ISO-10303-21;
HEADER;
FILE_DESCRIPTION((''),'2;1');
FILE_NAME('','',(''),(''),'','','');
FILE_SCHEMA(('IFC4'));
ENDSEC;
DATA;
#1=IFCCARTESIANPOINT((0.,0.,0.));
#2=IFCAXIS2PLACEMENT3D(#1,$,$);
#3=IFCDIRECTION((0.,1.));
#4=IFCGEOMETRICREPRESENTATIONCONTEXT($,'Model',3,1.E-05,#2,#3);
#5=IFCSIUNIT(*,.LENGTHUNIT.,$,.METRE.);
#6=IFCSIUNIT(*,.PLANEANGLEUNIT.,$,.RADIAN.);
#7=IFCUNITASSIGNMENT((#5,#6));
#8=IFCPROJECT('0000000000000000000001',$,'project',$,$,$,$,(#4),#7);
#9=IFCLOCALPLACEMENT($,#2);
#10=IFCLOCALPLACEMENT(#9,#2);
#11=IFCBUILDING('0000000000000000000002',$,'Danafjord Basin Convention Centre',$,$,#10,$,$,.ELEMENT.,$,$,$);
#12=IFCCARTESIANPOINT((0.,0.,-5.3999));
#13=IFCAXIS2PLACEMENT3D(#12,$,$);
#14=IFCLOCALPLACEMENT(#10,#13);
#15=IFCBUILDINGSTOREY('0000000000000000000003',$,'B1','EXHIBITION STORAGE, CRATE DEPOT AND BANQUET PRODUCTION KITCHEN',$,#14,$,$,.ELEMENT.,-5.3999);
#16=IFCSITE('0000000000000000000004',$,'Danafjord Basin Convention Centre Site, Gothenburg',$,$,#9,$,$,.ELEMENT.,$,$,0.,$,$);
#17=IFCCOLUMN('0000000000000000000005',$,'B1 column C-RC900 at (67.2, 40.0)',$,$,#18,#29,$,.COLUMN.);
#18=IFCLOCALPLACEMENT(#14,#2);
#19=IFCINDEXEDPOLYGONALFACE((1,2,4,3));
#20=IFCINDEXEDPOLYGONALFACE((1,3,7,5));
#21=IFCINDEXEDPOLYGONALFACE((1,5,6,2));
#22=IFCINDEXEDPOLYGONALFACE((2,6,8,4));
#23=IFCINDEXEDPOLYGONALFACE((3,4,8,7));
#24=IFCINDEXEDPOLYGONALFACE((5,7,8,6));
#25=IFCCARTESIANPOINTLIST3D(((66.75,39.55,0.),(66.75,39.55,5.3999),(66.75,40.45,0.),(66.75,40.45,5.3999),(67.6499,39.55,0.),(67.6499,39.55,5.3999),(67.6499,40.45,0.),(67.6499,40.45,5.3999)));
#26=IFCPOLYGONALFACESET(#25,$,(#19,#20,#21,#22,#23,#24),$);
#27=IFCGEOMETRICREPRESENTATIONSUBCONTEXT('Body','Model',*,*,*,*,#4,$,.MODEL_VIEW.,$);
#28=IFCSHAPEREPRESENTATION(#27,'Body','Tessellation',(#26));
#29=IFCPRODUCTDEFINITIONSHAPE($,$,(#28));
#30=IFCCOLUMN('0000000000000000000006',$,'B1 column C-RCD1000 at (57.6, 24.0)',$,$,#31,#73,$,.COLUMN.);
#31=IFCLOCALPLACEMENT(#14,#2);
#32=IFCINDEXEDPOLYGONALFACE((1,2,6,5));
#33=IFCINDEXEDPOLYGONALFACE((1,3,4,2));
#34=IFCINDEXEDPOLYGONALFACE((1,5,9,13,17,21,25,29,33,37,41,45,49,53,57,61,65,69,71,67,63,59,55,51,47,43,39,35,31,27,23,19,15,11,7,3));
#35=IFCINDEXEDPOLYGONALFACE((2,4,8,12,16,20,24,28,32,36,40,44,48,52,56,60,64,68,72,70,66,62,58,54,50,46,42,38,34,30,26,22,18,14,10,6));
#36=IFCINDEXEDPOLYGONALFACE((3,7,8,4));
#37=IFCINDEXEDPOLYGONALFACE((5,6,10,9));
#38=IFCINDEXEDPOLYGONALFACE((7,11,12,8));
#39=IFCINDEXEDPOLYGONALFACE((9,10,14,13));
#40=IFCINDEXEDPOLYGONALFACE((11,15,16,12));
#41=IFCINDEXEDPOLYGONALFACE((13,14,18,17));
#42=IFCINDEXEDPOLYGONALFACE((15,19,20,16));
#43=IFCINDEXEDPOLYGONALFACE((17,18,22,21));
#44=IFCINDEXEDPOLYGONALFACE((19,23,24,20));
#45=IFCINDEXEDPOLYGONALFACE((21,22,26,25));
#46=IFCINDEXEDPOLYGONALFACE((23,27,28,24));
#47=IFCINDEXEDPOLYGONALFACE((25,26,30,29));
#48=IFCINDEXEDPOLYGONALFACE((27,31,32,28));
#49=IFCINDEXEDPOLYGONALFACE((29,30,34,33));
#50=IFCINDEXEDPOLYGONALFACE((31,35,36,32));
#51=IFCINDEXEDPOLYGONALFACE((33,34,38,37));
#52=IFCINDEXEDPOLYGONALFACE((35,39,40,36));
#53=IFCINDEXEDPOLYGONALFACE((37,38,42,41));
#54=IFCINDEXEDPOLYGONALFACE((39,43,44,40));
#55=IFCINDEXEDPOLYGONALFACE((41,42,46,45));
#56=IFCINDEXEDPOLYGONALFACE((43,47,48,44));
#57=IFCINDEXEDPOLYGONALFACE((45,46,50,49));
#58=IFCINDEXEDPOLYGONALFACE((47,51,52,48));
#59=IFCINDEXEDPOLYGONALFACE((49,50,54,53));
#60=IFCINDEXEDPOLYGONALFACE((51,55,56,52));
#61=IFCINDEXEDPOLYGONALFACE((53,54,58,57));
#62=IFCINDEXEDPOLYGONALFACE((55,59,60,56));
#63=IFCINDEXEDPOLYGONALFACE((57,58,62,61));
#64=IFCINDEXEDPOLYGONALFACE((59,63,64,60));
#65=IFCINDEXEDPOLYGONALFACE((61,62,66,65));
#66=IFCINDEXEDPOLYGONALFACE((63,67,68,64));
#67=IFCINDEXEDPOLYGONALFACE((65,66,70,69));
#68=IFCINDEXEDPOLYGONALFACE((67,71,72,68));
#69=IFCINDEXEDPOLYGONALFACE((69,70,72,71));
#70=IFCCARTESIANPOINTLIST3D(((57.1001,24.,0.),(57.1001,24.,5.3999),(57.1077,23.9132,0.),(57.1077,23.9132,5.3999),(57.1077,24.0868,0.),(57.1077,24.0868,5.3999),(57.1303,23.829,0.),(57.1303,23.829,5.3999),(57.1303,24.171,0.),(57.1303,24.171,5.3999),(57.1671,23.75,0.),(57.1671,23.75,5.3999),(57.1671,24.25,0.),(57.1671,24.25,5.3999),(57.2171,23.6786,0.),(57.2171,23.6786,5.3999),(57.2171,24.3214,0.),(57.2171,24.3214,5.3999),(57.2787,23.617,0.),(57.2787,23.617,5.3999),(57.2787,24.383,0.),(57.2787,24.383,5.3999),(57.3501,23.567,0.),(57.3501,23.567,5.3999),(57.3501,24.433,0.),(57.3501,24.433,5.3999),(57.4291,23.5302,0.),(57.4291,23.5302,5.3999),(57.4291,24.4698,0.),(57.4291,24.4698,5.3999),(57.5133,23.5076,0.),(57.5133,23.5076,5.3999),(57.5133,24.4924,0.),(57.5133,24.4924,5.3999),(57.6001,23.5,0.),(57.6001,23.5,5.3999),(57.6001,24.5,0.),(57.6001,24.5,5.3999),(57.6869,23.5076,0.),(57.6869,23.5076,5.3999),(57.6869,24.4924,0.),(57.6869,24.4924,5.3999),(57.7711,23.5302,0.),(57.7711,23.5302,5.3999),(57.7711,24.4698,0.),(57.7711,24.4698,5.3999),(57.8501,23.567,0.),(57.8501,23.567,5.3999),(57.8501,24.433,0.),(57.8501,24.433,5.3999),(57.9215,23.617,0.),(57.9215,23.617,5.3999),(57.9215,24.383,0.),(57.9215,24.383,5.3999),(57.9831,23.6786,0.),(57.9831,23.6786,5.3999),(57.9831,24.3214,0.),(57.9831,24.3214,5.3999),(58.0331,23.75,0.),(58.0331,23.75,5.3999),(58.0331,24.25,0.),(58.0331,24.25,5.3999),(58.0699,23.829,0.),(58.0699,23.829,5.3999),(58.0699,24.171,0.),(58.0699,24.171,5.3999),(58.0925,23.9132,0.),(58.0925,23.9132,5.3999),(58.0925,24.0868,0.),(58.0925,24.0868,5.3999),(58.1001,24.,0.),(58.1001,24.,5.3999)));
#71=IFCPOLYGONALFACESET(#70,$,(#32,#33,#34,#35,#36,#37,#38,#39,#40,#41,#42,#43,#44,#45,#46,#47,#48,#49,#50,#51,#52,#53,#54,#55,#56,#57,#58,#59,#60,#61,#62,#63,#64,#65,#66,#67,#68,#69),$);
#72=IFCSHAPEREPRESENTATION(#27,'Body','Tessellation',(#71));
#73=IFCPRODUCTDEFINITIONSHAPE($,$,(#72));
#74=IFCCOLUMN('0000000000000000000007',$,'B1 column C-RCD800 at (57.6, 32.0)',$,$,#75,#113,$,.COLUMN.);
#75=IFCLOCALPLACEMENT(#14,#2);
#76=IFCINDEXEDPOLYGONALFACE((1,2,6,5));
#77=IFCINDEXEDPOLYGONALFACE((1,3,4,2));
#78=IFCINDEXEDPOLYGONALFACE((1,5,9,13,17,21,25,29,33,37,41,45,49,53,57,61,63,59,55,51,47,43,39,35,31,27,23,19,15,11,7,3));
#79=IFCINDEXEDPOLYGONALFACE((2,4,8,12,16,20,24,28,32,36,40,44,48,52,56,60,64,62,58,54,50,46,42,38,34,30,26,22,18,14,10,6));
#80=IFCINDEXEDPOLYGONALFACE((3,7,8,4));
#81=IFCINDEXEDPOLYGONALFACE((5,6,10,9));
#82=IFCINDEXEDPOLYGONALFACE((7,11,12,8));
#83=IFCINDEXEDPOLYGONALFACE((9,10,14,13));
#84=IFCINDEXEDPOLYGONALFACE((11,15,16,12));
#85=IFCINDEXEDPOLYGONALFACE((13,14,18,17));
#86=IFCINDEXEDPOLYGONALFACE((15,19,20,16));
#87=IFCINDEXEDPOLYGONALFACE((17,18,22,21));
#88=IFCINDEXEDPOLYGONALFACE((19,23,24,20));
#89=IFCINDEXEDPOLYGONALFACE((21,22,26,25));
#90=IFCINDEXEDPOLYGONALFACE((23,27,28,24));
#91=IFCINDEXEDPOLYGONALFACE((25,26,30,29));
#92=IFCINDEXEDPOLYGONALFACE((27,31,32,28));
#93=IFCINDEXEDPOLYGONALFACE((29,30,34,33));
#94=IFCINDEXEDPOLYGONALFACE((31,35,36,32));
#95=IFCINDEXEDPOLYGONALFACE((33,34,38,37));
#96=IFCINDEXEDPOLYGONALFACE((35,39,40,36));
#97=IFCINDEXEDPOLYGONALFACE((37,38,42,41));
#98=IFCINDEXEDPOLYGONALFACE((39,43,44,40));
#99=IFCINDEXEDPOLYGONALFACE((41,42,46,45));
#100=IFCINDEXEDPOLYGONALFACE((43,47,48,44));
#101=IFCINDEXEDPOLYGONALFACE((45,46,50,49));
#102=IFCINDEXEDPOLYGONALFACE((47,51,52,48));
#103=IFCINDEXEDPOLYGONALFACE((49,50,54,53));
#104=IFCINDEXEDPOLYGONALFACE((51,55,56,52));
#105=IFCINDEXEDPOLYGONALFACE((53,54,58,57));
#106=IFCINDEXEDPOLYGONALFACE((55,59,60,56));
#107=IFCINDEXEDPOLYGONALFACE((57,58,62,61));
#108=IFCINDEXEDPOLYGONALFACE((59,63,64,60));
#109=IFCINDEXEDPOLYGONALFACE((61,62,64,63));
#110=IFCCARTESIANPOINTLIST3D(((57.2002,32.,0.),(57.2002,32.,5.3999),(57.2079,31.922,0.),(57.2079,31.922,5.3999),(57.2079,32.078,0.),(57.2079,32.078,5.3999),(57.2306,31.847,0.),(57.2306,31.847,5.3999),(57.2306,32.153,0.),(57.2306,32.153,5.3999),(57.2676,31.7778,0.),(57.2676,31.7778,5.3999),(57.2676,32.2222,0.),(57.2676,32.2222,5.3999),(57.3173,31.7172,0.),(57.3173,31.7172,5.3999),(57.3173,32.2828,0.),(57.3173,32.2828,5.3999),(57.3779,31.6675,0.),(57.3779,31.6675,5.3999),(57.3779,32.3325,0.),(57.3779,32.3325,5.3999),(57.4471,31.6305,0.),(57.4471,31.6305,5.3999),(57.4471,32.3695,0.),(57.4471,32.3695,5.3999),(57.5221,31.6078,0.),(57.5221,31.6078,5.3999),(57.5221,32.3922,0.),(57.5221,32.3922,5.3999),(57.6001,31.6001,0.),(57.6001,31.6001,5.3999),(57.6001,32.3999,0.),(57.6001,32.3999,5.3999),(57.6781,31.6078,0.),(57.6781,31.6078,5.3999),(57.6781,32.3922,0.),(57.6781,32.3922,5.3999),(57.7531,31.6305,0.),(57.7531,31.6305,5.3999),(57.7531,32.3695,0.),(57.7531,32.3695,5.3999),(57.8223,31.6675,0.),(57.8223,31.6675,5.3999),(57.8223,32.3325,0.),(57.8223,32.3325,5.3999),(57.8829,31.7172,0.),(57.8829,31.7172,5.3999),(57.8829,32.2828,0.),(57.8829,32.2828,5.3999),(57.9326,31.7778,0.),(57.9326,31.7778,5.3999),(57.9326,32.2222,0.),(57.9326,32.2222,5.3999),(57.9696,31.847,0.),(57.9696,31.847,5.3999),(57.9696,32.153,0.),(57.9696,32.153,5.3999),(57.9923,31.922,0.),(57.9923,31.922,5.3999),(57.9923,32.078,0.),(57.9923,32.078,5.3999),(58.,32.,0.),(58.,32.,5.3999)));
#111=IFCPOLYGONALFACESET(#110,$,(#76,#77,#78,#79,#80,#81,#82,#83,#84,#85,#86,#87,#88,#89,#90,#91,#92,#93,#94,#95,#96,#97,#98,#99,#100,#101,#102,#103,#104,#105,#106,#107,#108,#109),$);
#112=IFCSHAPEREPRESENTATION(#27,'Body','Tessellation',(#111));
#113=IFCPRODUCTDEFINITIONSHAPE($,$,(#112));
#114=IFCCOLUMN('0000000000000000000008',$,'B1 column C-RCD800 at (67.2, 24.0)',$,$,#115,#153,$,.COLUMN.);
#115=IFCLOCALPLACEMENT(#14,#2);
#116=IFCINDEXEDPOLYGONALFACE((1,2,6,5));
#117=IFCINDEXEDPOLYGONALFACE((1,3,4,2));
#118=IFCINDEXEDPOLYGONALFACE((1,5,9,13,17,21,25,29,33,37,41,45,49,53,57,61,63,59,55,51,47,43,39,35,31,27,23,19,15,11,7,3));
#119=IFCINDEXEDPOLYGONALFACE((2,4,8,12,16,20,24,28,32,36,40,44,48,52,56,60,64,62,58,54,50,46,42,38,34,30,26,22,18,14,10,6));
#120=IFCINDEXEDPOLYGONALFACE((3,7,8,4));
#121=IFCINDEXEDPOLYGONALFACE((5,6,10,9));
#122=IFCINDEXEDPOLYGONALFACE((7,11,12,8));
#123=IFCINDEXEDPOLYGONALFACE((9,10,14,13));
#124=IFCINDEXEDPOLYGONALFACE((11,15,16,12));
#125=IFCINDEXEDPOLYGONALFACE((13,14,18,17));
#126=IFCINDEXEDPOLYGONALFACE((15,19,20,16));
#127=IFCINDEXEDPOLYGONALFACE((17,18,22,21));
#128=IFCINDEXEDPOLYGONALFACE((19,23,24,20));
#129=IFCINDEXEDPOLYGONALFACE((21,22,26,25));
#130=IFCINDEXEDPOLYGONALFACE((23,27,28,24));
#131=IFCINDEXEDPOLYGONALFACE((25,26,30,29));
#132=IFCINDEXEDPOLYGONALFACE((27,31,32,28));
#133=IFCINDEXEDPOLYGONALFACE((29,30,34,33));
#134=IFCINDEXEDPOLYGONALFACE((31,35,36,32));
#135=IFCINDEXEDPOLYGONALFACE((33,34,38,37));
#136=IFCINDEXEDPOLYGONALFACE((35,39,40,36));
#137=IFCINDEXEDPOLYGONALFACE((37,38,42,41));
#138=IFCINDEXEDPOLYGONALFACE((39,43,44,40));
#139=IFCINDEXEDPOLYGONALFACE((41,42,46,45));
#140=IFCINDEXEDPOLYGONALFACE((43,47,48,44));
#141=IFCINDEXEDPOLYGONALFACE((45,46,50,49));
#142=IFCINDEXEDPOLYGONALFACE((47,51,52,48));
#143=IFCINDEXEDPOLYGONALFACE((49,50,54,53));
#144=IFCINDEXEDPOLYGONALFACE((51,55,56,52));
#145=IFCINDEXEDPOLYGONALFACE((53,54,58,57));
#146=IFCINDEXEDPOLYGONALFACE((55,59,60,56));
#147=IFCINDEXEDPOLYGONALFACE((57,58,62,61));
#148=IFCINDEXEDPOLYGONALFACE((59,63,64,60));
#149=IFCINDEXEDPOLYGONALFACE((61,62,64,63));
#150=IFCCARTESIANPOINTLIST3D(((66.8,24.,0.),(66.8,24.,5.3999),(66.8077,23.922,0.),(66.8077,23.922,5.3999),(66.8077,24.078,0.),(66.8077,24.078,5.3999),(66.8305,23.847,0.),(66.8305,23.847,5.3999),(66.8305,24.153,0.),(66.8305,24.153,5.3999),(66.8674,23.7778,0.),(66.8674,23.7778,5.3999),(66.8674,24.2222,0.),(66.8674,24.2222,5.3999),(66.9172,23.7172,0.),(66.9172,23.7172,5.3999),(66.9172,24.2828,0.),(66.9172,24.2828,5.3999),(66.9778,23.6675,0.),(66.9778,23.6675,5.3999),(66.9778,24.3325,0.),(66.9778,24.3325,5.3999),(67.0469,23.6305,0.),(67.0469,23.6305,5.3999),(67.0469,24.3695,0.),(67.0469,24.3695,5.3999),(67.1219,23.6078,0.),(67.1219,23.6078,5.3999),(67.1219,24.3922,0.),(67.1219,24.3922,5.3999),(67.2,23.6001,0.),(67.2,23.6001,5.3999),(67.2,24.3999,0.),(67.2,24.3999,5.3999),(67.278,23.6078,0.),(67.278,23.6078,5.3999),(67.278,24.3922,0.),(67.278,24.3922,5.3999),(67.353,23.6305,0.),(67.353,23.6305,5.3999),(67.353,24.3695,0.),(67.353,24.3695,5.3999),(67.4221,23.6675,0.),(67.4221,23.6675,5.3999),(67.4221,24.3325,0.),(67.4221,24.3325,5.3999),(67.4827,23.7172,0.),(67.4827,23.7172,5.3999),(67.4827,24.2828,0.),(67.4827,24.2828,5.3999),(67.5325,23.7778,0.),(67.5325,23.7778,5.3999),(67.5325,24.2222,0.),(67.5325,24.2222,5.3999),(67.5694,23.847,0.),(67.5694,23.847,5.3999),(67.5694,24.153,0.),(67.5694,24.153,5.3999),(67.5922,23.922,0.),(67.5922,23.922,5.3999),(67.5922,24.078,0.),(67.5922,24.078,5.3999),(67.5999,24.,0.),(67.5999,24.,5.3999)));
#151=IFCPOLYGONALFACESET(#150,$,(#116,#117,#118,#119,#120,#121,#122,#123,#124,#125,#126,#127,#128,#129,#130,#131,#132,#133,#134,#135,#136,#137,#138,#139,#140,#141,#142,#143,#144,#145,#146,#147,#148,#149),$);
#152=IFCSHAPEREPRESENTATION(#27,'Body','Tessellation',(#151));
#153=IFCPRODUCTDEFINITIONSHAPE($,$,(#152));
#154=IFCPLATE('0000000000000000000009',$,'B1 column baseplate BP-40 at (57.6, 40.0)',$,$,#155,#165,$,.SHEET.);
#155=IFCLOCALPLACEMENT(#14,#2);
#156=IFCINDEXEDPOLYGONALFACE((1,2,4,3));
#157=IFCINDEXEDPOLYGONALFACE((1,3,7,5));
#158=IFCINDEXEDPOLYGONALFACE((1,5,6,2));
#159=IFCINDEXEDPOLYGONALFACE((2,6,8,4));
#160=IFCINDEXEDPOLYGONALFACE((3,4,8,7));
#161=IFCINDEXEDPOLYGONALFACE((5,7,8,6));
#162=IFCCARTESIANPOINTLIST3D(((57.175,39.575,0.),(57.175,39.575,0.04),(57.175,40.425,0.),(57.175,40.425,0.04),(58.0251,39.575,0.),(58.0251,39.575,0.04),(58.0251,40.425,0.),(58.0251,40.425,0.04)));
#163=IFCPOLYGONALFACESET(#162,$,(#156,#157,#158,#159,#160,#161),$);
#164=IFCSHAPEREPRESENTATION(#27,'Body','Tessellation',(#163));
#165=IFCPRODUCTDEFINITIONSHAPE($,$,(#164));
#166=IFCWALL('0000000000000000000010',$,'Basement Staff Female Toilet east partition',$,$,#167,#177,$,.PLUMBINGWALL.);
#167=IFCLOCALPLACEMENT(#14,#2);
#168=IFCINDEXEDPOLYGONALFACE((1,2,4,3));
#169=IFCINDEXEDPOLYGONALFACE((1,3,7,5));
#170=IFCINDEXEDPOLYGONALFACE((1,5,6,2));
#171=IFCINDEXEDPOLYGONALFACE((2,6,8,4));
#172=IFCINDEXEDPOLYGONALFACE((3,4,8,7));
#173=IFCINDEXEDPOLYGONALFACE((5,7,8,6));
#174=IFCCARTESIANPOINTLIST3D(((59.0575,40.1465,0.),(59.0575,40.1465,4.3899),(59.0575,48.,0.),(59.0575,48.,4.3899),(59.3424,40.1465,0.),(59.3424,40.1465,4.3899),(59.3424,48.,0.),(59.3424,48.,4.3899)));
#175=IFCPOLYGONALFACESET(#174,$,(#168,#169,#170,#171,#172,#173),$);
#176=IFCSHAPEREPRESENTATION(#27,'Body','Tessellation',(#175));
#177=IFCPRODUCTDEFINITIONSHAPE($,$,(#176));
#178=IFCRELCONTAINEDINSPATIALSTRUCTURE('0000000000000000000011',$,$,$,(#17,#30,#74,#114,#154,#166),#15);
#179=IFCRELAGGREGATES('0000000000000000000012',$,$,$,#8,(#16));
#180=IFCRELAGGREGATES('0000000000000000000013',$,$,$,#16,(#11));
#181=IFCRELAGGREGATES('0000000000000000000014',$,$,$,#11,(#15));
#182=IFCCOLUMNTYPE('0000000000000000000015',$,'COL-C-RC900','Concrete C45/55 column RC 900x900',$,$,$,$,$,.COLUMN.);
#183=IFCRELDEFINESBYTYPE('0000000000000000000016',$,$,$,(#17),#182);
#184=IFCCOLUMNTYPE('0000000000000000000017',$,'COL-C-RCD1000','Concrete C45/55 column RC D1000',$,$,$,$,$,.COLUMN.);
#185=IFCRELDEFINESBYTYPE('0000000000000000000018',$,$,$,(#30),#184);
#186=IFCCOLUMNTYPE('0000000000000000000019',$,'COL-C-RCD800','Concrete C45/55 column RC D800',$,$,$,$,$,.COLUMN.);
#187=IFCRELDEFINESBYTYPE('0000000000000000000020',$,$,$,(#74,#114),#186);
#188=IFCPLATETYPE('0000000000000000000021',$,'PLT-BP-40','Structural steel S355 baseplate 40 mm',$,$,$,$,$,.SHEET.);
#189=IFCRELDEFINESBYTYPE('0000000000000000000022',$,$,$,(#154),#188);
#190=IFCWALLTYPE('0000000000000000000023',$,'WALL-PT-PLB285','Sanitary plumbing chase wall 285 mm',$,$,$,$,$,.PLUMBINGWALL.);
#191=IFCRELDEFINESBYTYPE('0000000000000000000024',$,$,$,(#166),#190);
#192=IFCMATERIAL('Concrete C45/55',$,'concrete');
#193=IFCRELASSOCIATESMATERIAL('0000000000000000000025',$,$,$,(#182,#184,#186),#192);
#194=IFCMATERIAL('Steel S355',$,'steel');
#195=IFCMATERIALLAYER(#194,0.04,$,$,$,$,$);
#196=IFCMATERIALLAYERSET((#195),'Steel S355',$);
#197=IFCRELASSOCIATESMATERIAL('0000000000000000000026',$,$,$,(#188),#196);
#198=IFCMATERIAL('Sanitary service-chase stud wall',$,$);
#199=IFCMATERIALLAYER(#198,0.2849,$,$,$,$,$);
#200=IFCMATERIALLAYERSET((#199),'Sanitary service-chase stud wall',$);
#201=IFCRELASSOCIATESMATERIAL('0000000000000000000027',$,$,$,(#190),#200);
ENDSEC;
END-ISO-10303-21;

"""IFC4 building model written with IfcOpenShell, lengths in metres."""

from ifc_helpers import new_model, si_unit, direction, frame, frame_2d, origin, origin_2d, place, context, subcontext, project, spatial, rectangle, circle, extrude, material, layer, layer_set, material_profile, profile_set, type_object, element, save


model = new_model("IFC4")

# Units and contexts
model_context = context("Model", 3, precision=1e-05, world=origin(), true_north=direction((0.0, 1.0)))
body_context = subcontext(model_context, "Body", "Model", "MODEL_VIEW")
ifc_project = project(units=[si_unit("LENGTHUNIT", "METRE"), si_unit("PLANEANGLEUNIT", "RADIAN")], contexts=[model_context])

# Site, building, storey
site_placement = place(None, origin())
site = spatial("IfcSite", under=ifc_project, at=site_placement, Name="Danafjord Basin Convention Centre Site, Gothenburg", CompositionType="ELEMENT", RefElevation=0.0)
building_placement = place(site_placement, origin())
building = spatial("IfcBuilding", under=site, at=building_placement, Name="Danafjord Basin Convention Centre", CompositionType="ELEMENT")
storey_placement = place(building_placement, frame((0.0, 0.0, -5.3999)))
storey = spatial("IfcBuildingStorey", under=building, at=storey_placement, Name="B1", Description="EXHIBITION STORAGE, CRATE DEPOT AND BANQUET PRODUCTION KITCHEN", CompositionType="ELEMENT", Elevation=-5.3999)

# Columns
ifc_material_1 = material(Name="Concrete C45/55", Category="concrete")
ifc_material_profile_1 = material_profile(ifc_material_1, rectangle(XDim=0.8999, YDim=0.8999, at=origin_2d()), Name="RC 900x900")
ifc_profile_set_1 = profile_set([ifc_material_profile_1], Name="Concrete C45/55")
column_type_1 = type_object("IfcColumnType", Name="COL-C-RC900", Description="Concrete C45/55 column RC 900x900", PredefinedType="COLUMN", material=ifc_profile_set_1)
column_1_placement = place(storey_placement, frame((67.2, 40.0, 0.0), z_axis=(0.0, 0.0, 1.0), x_axis=(1.0, 0.0, 0.0)))
element("IfcColumn", 1, at=column_1_placement, inside=storey, type_object=column_type_1, Name="B1 column C-RC900 at (67.2, 40.0)", PredefinedType="COLUMN", context=body_context, shape_type="SweptSolid", body=[
    extrude(rectangle(XDim=0.8999, YDim=0.8999, at=origin_2d()), origin(), (0.0, 0.0, 1.0), 5.3999),
])
ifc_material_profile_2 = material_profile(ifc_material_1, circle(Radius=0.5, at=origin_2d()), Name="RC D1000")
ifc_profile_set_2 = profile_set([ifc_material_profile_2], Name="Concrete C45/55")
column_type_2 = type_object("IfcColumnType", Name="COL-C-RCD1000", Description="Concrete C45/55 column RC D1000", PredefinedType="COLUMN", material=ifc_profile_set_2)
column_2_placement = place(storey_placement, frame((57.6001, 24.0, 0.0), z_axis=(0.0, 0.0, 1.0), x_axis=(1.0, 0.0, 0.0)))
element("IfcColumn", 2, at=column_2_placement, inside=storey, type_object=column_type_2, Name="B1 column C-RCD1000 at (57.6, 24.0)", PredefinedType="COLUMN", context=body_context, shape_type="SweptSolid", body=[
    extrude(circle(Radius=0.5, at=origin_2d()), origin(), (0.0, 0.0, 1.0), 5.3999),
])
ifc_material_profile_3 = material_profile(ifc_material_1, circle(Radius=0.3999, at=origin_2d()), Name="RC D800")
ifc_profile_set_3 = profile_set([ifc_material_profile_3], Name="Concrete C45/55")
column_type_3 = type_object("IfcColumnType", Name="COL-C-RCD800", Description="Concrete C45/55 column RC D800", PredefinedType="COLUMN", material=ifc_profile_set_3)
for number, where, z_axis, x_axis, name in (
    (3, (57.6001, 32.0, 0.0), (0.0, 0.0, 1.0), (1.0, 0.0, 0.0), "B1 column C-RCD800 at (57.6, 32.0)"),
    (4, (67.2, 24.0, 0.0), (0.0, 0.0, 1.0), (1.0, 0.0, 0.0), "B1 column C-RCD800 at (67.2, 24.0)"),
):
    element("IfcColumn", number, at=place(storey_placement, frame(where, z_axis=z_axis, x_axis=x_axis)), inside=storey, type_object=column_type_3, Name=name, PredefinedType="COLUMN", context=body_context, shape_type="SweptSolid", body=[
        extrude(circle(Radius=0.3999, at=origin_2d()), origin(), (0.0, 0.0, 1.0), 5.3999),
    ])

# Plate
ifc_material_2 = material(Name="Steel S355", Category="steel")
ifc_layer_1 = layer(ifc_material_2, 0.04)
ifc_layer_set_1 = layer_set([ifc_layer_1], Name="Steel S355")
plate_type = type_object("IfcPlateType", Name="PLT-BP-40", Description="Structural steel S355 baseplate 40 mm", PredefinedType="SHEET", material=ifc_layer_set_1)
plate_placement = place(storey_placement, frame((57.6001, 40.0, 0.0), z_axis=(0.0, 0.0, 1.0), x_axis=(1.0, 0.0, 0.0)))
element("IfcPlate", 5, at=plate_placement, inside=storey, type_object=plate_type, Name="B1 column baseplate BP-40 at (57.6, 40.0)", PredefinedType="SHEET", context=body_context, shape_type="SweptSolid", body=[
    extrude(rectangle(XDim=0.8501, YDim=0.8501, at=origin_2d()), origin(), (0.0, 0.0, 1.0), 0.04),
])

# Wall
ifc_material_3 = material(Name="Sanitary service-chase stud wall")
ifc_layer_2 = layer(ifc_material_3, 0.2849)
ifc_layer_set_2 = layer_set([ifc_layer_2], Name="Sanitary service-chase stud wall")
wall_type_1 = type_object("IfcWallType", Name="WALL-PT-PLB285", Description="Sanitary plumbing chase wall 285 mm", PredefinedType="PLUMBINGWALL", material=ifc_layer_set_2)
wall_1_placement = place(storey_placement, frame((59.2, 40.1465, 0.0), z_axis=(0.0, 0.0, 1.0), x_axis=(0.0, 1.0, 0.0)))
element("IfcWall", 6, at=wall_1_placement, inside=storey, type_object=wall_type_1, Name="Basement Staff Female Toilet east partition", PredefinedType="PLUMBINGWALL", context=body_context, shape_type="SweptSolid", body=[
    extrude(rectangle(XDim=7.8535, YDim=0.2849, at=frame_2d((3.9268, 0.0))), origin(), (0.0, 0.0, 1.0), 4.3899),
])

save(model, "model.ifc")
